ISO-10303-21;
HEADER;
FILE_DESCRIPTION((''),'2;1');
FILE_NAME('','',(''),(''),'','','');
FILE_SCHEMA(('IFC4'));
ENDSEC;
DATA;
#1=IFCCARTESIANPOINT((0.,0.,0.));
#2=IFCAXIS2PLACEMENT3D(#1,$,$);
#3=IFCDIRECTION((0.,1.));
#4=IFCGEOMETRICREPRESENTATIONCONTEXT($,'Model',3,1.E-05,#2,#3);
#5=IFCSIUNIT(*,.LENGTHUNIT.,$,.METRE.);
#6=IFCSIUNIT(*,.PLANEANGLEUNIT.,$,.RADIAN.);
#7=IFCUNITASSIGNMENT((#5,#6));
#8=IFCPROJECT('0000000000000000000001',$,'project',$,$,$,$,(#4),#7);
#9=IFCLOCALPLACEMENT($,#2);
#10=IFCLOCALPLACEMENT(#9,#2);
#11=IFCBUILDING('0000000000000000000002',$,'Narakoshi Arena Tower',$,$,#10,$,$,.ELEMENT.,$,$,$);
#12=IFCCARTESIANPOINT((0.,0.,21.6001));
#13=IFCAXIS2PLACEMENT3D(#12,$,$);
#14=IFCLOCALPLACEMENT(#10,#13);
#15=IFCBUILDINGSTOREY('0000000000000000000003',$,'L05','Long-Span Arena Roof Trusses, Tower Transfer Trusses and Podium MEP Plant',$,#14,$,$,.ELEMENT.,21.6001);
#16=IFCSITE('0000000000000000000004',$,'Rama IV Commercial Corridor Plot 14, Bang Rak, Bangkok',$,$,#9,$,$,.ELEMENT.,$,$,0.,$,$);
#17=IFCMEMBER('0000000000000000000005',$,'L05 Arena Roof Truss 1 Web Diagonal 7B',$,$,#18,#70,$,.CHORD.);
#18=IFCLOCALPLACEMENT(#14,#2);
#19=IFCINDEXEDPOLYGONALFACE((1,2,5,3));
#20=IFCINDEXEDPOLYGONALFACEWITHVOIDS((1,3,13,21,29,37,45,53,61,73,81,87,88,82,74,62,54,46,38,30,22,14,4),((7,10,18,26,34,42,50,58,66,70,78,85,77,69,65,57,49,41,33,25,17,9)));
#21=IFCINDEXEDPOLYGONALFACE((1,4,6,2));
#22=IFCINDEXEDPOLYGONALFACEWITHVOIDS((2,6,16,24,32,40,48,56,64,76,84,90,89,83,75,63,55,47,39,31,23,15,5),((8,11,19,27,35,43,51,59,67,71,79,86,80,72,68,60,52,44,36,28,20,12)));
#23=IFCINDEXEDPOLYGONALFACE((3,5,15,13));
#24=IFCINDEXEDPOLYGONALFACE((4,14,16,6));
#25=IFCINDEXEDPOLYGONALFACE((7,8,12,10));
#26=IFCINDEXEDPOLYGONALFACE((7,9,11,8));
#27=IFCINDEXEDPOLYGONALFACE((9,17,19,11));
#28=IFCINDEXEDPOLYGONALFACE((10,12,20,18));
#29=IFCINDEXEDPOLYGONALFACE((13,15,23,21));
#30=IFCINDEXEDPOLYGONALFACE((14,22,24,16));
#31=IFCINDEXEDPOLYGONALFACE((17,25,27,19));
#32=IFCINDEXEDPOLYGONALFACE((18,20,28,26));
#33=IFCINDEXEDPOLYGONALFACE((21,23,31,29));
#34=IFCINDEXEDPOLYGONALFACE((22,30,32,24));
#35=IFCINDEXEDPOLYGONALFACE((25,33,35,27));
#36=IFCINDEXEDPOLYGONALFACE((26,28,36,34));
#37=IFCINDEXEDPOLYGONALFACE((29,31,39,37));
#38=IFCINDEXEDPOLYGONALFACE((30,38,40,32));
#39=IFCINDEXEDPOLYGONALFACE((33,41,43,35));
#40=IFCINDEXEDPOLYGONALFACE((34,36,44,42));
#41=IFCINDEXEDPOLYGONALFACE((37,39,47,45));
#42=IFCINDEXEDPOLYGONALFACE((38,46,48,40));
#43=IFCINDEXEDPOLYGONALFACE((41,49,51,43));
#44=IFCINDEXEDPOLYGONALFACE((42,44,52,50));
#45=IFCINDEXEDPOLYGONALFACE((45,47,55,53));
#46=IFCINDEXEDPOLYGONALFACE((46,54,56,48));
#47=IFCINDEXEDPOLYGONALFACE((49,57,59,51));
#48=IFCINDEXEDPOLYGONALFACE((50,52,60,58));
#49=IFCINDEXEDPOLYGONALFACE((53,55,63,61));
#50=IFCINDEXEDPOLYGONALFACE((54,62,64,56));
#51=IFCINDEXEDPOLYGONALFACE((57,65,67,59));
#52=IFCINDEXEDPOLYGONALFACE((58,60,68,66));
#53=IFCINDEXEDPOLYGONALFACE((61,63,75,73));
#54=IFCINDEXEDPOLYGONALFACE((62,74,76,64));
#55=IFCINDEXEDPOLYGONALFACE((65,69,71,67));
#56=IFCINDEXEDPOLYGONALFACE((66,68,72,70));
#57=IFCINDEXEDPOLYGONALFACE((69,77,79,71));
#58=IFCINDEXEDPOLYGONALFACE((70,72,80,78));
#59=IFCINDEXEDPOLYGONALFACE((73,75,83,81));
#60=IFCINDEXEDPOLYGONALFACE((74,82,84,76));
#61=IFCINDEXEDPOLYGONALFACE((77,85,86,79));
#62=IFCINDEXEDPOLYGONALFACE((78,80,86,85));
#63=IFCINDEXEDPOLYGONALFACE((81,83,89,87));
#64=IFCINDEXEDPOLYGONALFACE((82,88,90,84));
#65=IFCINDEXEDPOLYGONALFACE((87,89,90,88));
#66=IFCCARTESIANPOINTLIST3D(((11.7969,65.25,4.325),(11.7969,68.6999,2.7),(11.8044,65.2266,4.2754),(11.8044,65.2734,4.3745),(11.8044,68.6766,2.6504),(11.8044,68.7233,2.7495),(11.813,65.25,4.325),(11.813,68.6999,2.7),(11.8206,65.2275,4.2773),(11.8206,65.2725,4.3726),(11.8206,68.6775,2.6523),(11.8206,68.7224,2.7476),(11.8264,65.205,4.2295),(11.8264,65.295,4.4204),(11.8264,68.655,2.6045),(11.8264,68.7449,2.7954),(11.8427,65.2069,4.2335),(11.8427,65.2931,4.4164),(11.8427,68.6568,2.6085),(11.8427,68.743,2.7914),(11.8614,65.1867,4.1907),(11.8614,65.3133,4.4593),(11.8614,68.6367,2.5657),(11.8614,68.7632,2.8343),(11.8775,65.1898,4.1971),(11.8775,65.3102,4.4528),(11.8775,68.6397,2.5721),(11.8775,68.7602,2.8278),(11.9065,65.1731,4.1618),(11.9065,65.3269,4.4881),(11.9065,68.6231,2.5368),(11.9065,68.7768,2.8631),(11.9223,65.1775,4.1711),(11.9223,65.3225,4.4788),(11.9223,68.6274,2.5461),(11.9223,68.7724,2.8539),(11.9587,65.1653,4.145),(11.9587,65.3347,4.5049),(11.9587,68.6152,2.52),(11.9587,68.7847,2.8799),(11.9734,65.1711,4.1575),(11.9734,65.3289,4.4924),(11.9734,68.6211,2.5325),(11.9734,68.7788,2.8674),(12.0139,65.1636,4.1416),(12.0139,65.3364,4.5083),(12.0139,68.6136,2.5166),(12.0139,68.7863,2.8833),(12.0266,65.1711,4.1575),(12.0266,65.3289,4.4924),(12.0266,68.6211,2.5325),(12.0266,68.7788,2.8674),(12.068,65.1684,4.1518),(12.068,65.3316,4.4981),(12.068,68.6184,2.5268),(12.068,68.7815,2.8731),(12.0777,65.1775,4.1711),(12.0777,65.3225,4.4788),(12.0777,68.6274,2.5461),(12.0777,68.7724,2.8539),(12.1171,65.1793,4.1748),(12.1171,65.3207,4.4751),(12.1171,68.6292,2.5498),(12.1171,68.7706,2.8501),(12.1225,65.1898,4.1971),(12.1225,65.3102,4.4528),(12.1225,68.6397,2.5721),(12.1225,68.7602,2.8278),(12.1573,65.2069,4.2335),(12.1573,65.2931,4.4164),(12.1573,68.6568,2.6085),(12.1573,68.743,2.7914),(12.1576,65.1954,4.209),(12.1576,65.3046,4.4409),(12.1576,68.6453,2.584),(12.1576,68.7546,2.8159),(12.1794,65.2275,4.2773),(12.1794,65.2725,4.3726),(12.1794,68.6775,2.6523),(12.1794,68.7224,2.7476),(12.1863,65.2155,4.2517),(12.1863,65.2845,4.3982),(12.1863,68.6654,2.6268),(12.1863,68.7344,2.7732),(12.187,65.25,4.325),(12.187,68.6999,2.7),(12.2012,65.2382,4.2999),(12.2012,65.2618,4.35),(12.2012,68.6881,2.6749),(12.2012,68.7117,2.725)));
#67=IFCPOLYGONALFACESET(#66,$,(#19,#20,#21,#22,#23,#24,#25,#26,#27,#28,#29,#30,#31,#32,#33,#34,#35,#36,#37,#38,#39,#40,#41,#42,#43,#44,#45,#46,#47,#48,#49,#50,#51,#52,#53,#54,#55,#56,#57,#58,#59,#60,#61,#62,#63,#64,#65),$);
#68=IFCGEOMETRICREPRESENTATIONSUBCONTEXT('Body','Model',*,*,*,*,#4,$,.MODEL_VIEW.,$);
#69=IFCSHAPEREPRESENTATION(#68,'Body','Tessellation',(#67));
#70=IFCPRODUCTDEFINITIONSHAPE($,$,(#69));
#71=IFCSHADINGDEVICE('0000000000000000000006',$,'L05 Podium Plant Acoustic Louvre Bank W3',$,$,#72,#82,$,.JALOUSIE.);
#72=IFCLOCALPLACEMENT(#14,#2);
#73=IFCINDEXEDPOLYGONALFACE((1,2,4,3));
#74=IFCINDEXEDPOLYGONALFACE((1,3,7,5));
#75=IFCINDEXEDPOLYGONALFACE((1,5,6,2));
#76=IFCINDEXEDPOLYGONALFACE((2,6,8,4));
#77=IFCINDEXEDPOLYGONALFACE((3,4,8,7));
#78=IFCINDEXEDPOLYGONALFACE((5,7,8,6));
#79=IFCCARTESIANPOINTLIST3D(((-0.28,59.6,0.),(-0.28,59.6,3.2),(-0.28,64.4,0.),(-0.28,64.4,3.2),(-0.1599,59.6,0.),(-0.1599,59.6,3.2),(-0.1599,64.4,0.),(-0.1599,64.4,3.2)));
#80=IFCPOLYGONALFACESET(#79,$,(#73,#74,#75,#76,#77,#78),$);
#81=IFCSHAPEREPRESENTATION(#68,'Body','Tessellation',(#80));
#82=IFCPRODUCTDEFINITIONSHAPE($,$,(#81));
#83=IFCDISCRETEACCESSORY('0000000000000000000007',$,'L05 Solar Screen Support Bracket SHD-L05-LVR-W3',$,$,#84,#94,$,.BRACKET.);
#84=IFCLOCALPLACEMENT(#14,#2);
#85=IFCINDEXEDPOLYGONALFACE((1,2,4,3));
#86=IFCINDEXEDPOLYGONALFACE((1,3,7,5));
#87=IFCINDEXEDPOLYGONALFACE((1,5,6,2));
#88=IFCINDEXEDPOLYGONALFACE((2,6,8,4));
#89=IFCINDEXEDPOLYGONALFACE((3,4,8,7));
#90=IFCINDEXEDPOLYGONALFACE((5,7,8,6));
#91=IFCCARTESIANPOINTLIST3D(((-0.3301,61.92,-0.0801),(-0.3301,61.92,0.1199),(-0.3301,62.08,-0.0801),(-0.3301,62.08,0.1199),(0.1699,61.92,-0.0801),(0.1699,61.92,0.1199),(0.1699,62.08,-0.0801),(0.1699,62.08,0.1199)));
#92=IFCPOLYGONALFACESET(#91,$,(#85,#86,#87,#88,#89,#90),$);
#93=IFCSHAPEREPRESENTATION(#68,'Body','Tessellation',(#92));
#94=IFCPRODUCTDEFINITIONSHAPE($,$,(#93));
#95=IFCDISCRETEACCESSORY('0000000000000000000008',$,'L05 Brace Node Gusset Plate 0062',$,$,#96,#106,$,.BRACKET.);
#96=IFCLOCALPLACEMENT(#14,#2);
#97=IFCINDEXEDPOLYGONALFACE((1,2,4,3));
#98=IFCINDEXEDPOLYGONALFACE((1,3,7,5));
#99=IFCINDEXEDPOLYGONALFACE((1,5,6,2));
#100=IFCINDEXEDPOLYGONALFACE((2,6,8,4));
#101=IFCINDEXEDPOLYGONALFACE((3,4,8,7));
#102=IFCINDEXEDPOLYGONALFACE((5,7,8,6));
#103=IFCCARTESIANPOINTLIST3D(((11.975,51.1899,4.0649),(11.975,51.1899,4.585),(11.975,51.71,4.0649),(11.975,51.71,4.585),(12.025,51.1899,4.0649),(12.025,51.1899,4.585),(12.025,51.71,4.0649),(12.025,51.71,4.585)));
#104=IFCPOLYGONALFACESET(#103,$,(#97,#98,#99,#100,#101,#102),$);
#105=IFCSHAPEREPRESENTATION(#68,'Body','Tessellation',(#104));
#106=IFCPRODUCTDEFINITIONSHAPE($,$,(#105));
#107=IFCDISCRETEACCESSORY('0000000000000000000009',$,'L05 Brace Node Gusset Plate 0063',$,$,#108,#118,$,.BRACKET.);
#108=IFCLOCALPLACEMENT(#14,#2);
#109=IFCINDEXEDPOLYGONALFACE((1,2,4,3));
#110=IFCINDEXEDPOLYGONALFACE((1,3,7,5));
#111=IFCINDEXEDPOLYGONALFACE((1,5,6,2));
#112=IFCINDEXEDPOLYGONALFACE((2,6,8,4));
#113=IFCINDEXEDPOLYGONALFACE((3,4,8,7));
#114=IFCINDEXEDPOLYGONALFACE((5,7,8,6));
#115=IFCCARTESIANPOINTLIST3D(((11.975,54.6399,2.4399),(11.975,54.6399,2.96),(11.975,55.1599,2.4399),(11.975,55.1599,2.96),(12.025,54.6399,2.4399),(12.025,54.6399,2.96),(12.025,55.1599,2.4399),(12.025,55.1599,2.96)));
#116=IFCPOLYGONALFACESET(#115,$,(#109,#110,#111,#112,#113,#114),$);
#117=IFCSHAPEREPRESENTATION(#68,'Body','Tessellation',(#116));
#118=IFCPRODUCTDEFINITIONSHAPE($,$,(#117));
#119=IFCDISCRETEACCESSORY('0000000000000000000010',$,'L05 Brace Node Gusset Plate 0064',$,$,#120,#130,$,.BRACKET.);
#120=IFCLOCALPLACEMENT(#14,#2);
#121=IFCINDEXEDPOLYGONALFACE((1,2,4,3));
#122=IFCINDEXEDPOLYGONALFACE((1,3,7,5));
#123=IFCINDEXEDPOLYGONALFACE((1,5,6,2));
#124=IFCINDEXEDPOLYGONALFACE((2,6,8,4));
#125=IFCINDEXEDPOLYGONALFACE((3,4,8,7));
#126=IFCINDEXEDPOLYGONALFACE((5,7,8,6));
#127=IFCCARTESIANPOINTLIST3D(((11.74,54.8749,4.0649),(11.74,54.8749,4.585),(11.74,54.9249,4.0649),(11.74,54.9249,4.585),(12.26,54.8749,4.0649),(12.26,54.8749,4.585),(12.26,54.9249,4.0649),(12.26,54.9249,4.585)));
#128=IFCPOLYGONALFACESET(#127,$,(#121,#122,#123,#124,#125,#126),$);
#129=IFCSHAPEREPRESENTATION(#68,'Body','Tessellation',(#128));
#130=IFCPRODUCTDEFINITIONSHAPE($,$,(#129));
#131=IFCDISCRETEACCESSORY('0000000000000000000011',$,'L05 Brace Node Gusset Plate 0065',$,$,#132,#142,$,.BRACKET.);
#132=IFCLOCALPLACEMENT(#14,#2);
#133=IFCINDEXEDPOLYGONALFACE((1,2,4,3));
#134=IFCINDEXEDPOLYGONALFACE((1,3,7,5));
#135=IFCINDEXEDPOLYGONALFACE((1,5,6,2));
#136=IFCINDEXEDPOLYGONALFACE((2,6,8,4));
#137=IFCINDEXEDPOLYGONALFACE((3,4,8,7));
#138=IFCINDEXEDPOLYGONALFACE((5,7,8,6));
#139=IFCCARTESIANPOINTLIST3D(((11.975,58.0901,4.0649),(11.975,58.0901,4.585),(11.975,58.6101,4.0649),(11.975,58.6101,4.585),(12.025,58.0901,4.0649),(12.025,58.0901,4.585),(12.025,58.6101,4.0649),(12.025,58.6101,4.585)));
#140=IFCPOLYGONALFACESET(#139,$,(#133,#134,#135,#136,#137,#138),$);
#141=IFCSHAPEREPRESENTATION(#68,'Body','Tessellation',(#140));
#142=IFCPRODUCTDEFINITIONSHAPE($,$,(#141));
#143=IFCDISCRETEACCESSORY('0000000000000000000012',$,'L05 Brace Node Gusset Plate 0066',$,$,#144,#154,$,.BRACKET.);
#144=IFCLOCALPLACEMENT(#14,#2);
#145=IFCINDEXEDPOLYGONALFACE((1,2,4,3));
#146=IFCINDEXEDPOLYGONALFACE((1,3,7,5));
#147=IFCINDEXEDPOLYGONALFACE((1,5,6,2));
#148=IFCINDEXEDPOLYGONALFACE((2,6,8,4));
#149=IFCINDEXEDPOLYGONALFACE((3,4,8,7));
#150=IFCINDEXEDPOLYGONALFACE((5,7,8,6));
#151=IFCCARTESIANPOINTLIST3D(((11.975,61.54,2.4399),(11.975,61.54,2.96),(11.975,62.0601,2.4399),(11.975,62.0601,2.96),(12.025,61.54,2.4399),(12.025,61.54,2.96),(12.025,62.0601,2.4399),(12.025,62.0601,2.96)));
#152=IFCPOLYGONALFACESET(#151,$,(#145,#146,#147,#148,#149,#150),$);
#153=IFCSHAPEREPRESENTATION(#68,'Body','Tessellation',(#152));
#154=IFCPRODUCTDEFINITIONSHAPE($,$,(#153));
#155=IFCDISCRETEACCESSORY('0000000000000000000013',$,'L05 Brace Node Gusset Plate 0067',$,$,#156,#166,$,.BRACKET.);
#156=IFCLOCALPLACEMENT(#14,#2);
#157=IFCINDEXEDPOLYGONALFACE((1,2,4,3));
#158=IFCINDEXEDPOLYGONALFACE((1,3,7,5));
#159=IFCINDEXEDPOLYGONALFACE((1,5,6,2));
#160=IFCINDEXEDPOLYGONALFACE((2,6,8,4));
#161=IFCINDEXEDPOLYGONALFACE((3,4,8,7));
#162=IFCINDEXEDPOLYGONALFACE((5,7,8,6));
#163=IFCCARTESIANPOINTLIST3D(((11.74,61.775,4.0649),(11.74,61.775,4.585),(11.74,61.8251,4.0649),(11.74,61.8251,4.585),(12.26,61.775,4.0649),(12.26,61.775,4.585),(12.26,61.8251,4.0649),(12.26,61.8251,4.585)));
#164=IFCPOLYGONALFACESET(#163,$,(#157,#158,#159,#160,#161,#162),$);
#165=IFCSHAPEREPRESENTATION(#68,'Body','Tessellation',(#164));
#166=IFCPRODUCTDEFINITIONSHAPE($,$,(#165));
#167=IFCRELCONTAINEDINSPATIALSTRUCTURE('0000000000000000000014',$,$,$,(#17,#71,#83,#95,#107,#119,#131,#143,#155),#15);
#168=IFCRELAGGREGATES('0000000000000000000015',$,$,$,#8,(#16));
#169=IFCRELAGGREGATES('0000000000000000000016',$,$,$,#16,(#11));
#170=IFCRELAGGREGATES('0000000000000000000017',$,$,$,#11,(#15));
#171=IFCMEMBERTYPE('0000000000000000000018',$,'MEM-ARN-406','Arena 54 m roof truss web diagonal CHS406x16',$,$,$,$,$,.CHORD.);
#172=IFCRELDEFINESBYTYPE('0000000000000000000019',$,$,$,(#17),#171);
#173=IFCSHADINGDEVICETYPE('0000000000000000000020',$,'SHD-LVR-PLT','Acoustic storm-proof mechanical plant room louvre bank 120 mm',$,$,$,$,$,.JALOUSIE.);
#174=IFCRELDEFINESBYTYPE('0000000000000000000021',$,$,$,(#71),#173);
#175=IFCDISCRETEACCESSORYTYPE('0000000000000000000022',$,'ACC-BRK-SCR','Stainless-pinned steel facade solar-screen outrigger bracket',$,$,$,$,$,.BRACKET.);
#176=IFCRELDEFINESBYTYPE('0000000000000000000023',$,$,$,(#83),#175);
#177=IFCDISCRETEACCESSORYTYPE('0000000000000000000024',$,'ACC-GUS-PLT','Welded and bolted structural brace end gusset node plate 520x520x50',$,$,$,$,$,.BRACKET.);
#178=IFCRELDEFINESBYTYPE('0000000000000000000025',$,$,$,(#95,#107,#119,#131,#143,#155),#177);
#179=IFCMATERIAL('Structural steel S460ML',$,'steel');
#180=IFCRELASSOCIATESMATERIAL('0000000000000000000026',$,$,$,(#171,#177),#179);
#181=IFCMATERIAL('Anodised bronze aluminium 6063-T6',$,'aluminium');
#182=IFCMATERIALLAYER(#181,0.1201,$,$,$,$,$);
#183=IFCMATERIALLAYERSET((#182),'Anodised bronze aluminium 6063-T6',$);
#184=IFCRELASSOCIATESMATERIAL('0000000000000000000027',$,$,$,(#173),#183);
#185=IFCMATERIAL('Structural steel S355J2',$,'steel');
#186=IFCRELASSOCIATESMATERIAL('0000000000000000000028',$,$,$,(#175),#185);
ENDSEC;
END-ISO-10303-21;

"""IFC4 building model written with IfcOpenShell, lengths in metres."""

from ifc_helpers import new_model, si_unit, direction, frame, origin, origin_2d, place, context, subcontext, project, spatial, rectangle, hollow_circle, extrude, material, layer, layer_set, material_profile, profile_set, type_object, element, save


model = new_model("IFC4")

# Units and contexts
model_context = context("Model", 3, precision=1e-05, world=origin(), true_north=direction((0.0, 1.0)))
body_context = subcontext(model_context, "Body", "Model", "MODEL_VIEW")
ifc_project = project(units=[si_unit("LENGTHUNIT", "METRE"), si_unit("PLANEANGLEUNIT", "RADIAN")], contexts=[model_context])

# Site, building, storey
site_placement = place(None, origin())
site = spatial("IfcSite", under=ifc_project, at=site_placement, Name="Rama IV Commercial Corridor Plot 14, Bang Rak, Bangkok", CompositionType="ELEMENT", RefElevation=0.0)
building_placement = place(site_placement, origin())
building = spatial("IfcBuilding", under=site, at=building_placement, Name="Narakoshi Arena Tower", CompositionType="ELEMENT")
storey_placement = place(building_placement, frame((0.0, 0.0, 21.6001)))
storey = spatial("IfcBuildingStorey", under=building, at=storey_placement, Name="L05", Description="Long-Span Arena Roof Trusses, Tower Transfer Trusses and Podium MEP Plant", CompositionType="ELEMENT", Elevation=21.6001)

# Shared definitions
ifc_material_1 = material(Name="Structural steel S355J2", Category="steel")
ifc_material_2 = material(Name="Structural steel S460ML", Category="steel")

# Member
ifc_material_profile_1 = material_profile(ifc_material_2, hollow_circle(Radius=0.2031, WallThickness=0.0161, at=origin_2d()), Name="CHS406x16")
ifc_profile_set_1 = profile_set([ifc_material_profile_1], Name="Structural steel S460ML")
member_type = type_object("IfcMemberType", Name="MEM-ARN-406", Description="Arena 54 m roof truss web diagonal CHS406x16", PredefinedType="CHORD", material=ifc_profile_set_1)
for number, where, z_axis, x_axis, name in (
    (1, (12.0, 65.25, 4.325), (0.0, 0.904668, -0.426118), (-1.0, 0.0, 0.0), "L05 Arena Roof Truss 1 Web Diagonal 7B"),
):
    element("IfcMember", number, at=place(storey_placement, frame(where, z_axis=z_axis, x_axis=x_axis)), inside=storey, type_object=member_type, Name=name, PredefinedType="CHORD", context=body_context, shape_type="SweptSolid", body=[
        extrude(hollow_circle(Radius=0.2031, WallThickness=0.0161, at=origin_2d()), origin(), (0.0, 0.0, 1.0), 3.8135),
    ])

# Shading device
ifc_material_3 = material(Name="Anodised bronze aluminium 6063-T6", Category="aluminium")
ifc_layer = layer(ifc_material_3, 0.1201)
ifc_layer_set = layer_set([ifc_layer], Name="Anodised bronze aluminium 6063-T6")
shading_device_type = type_object("IfcShadingDeviceType", Name="SHD-LVR-PLT", Description="Acoustic storm-proof mechanical plant room louvre bank 120 mm", PredefinedType="JALOUSIE", material=ifc_layer_set)
shading_device_placement = place(storey_placement, frame((-0.22, 62.0, 0.0), z_axis=(0.0, 0.0, 1.0), x_axis=(0.0, 1.0, 0.0)))
element("IfcShadingDevice", 2, at=shading_device_placement, inside=storey, type_object=shading_device_type, Name="L05 Podium Plant Acoustic Louvre Bank W3", PredefinedType="JALOUSIE", context=body_context, shape_type="SweptSolid", body=[
    extrude(rectangle(XDim=4.8, YDim=0.1201, at=origin_2d()), origin(), (0.0, 0.0, 1.0), 3.2),
])

# Discrete accessories
discrete_accessory_type_1 = type_object("IfcDiscreteAccessoryType", Name="ACC-BRK-SCR", Description="Stainless-pinned steel facade solar-screen outrigger bracket", PredefinedType="BRACKET", material=ifc_material_1)
discrete_accessory_placement = place(storey_placement, frame((-0.0801, 62.0, -0.0801), z_axis=(0.0, 0.0, 1.0), x_axis=(0.0, 1.0, 0.0)))
element("IfcDiscreteAccessory", 3, at=discrete_accessory_placement, inside=storey, type_object=discrete_accessory_type_1, Name="L05 Solar Screen Support Bracket SHD-L05-LVR-W3", PredefinedType="BRACKET", context=body_context, shape_type="SweptSolid", body=[
    extrude(rectangle(XDim=0.1599, YDim=0.5, at=origin_2d()), origin(), (0.0, 0.0, 1.0), 0.2),
])
discrete_accessory_type_2 = type_object("IfcDiscreteAccessoryType", Name="ACC-GUS-PLT", Description="Welded and bolted structural brace end gusset node plate 520x520x50", PredefinedType="BRACKET", material=ifc_material_2)
for number, where, z_axis, x_axis, name in (
    (4, (12.0, 51.45, 4.0649), (0.0, 0.0, 1.0), (0.0, 1.0, 0.0), "L05 Brace Node Gusset Plate 0062"),
    (5, (12.0, 54.8999, 2.4399), (0.0, 0.0, 1.0), (0.0, 1.0, 0.0), "L05 Brace Node Gusset Plate 0063"),
    (6, (12.0, 54.8999, 4.0649), (0.0, 0.0, 1.0), (1.0, 0.0, 0.0), "L05 Brace Node Gusset Plate 0064"),
    (7, (12.0, 58.3501, 4.0649), (0.0, 0.0, 1.0), (0.0, 1.0, 0.0), "L05 Brace Node Gusset Plate 0065"),
    (8, (12.0, 61.8, 2.4399), (0.0, 0.0, 1.0), (0.0, 1.0, 0.0), "L05 Brace Node Gusset Plate 0066"),
    (9, (12.0, 61.8, 4.0649), (0.0, 0.0, 1.0), (1.0, 0.0, 0.0), "L05 Brace Node Gusset Plate 0067"),
):
    element("IfcDiscreteAccessory", number, at=place(storey_placement, frame(where, z_axis=z_axis, x_axis=x_axis)), inside=storey, type_object=discrete_accessory_type_2, Name=name, PredefinedType="BRACKET", context=body_context, shape_type="SweptSolid", body=[
        extrude(rectangle(XDim=0.52, YDim=0.05, at=origin_2d()), origin(), (0.0, 0.0, 1.0), 0.52),
    ])

save(model, "model.ifc")
